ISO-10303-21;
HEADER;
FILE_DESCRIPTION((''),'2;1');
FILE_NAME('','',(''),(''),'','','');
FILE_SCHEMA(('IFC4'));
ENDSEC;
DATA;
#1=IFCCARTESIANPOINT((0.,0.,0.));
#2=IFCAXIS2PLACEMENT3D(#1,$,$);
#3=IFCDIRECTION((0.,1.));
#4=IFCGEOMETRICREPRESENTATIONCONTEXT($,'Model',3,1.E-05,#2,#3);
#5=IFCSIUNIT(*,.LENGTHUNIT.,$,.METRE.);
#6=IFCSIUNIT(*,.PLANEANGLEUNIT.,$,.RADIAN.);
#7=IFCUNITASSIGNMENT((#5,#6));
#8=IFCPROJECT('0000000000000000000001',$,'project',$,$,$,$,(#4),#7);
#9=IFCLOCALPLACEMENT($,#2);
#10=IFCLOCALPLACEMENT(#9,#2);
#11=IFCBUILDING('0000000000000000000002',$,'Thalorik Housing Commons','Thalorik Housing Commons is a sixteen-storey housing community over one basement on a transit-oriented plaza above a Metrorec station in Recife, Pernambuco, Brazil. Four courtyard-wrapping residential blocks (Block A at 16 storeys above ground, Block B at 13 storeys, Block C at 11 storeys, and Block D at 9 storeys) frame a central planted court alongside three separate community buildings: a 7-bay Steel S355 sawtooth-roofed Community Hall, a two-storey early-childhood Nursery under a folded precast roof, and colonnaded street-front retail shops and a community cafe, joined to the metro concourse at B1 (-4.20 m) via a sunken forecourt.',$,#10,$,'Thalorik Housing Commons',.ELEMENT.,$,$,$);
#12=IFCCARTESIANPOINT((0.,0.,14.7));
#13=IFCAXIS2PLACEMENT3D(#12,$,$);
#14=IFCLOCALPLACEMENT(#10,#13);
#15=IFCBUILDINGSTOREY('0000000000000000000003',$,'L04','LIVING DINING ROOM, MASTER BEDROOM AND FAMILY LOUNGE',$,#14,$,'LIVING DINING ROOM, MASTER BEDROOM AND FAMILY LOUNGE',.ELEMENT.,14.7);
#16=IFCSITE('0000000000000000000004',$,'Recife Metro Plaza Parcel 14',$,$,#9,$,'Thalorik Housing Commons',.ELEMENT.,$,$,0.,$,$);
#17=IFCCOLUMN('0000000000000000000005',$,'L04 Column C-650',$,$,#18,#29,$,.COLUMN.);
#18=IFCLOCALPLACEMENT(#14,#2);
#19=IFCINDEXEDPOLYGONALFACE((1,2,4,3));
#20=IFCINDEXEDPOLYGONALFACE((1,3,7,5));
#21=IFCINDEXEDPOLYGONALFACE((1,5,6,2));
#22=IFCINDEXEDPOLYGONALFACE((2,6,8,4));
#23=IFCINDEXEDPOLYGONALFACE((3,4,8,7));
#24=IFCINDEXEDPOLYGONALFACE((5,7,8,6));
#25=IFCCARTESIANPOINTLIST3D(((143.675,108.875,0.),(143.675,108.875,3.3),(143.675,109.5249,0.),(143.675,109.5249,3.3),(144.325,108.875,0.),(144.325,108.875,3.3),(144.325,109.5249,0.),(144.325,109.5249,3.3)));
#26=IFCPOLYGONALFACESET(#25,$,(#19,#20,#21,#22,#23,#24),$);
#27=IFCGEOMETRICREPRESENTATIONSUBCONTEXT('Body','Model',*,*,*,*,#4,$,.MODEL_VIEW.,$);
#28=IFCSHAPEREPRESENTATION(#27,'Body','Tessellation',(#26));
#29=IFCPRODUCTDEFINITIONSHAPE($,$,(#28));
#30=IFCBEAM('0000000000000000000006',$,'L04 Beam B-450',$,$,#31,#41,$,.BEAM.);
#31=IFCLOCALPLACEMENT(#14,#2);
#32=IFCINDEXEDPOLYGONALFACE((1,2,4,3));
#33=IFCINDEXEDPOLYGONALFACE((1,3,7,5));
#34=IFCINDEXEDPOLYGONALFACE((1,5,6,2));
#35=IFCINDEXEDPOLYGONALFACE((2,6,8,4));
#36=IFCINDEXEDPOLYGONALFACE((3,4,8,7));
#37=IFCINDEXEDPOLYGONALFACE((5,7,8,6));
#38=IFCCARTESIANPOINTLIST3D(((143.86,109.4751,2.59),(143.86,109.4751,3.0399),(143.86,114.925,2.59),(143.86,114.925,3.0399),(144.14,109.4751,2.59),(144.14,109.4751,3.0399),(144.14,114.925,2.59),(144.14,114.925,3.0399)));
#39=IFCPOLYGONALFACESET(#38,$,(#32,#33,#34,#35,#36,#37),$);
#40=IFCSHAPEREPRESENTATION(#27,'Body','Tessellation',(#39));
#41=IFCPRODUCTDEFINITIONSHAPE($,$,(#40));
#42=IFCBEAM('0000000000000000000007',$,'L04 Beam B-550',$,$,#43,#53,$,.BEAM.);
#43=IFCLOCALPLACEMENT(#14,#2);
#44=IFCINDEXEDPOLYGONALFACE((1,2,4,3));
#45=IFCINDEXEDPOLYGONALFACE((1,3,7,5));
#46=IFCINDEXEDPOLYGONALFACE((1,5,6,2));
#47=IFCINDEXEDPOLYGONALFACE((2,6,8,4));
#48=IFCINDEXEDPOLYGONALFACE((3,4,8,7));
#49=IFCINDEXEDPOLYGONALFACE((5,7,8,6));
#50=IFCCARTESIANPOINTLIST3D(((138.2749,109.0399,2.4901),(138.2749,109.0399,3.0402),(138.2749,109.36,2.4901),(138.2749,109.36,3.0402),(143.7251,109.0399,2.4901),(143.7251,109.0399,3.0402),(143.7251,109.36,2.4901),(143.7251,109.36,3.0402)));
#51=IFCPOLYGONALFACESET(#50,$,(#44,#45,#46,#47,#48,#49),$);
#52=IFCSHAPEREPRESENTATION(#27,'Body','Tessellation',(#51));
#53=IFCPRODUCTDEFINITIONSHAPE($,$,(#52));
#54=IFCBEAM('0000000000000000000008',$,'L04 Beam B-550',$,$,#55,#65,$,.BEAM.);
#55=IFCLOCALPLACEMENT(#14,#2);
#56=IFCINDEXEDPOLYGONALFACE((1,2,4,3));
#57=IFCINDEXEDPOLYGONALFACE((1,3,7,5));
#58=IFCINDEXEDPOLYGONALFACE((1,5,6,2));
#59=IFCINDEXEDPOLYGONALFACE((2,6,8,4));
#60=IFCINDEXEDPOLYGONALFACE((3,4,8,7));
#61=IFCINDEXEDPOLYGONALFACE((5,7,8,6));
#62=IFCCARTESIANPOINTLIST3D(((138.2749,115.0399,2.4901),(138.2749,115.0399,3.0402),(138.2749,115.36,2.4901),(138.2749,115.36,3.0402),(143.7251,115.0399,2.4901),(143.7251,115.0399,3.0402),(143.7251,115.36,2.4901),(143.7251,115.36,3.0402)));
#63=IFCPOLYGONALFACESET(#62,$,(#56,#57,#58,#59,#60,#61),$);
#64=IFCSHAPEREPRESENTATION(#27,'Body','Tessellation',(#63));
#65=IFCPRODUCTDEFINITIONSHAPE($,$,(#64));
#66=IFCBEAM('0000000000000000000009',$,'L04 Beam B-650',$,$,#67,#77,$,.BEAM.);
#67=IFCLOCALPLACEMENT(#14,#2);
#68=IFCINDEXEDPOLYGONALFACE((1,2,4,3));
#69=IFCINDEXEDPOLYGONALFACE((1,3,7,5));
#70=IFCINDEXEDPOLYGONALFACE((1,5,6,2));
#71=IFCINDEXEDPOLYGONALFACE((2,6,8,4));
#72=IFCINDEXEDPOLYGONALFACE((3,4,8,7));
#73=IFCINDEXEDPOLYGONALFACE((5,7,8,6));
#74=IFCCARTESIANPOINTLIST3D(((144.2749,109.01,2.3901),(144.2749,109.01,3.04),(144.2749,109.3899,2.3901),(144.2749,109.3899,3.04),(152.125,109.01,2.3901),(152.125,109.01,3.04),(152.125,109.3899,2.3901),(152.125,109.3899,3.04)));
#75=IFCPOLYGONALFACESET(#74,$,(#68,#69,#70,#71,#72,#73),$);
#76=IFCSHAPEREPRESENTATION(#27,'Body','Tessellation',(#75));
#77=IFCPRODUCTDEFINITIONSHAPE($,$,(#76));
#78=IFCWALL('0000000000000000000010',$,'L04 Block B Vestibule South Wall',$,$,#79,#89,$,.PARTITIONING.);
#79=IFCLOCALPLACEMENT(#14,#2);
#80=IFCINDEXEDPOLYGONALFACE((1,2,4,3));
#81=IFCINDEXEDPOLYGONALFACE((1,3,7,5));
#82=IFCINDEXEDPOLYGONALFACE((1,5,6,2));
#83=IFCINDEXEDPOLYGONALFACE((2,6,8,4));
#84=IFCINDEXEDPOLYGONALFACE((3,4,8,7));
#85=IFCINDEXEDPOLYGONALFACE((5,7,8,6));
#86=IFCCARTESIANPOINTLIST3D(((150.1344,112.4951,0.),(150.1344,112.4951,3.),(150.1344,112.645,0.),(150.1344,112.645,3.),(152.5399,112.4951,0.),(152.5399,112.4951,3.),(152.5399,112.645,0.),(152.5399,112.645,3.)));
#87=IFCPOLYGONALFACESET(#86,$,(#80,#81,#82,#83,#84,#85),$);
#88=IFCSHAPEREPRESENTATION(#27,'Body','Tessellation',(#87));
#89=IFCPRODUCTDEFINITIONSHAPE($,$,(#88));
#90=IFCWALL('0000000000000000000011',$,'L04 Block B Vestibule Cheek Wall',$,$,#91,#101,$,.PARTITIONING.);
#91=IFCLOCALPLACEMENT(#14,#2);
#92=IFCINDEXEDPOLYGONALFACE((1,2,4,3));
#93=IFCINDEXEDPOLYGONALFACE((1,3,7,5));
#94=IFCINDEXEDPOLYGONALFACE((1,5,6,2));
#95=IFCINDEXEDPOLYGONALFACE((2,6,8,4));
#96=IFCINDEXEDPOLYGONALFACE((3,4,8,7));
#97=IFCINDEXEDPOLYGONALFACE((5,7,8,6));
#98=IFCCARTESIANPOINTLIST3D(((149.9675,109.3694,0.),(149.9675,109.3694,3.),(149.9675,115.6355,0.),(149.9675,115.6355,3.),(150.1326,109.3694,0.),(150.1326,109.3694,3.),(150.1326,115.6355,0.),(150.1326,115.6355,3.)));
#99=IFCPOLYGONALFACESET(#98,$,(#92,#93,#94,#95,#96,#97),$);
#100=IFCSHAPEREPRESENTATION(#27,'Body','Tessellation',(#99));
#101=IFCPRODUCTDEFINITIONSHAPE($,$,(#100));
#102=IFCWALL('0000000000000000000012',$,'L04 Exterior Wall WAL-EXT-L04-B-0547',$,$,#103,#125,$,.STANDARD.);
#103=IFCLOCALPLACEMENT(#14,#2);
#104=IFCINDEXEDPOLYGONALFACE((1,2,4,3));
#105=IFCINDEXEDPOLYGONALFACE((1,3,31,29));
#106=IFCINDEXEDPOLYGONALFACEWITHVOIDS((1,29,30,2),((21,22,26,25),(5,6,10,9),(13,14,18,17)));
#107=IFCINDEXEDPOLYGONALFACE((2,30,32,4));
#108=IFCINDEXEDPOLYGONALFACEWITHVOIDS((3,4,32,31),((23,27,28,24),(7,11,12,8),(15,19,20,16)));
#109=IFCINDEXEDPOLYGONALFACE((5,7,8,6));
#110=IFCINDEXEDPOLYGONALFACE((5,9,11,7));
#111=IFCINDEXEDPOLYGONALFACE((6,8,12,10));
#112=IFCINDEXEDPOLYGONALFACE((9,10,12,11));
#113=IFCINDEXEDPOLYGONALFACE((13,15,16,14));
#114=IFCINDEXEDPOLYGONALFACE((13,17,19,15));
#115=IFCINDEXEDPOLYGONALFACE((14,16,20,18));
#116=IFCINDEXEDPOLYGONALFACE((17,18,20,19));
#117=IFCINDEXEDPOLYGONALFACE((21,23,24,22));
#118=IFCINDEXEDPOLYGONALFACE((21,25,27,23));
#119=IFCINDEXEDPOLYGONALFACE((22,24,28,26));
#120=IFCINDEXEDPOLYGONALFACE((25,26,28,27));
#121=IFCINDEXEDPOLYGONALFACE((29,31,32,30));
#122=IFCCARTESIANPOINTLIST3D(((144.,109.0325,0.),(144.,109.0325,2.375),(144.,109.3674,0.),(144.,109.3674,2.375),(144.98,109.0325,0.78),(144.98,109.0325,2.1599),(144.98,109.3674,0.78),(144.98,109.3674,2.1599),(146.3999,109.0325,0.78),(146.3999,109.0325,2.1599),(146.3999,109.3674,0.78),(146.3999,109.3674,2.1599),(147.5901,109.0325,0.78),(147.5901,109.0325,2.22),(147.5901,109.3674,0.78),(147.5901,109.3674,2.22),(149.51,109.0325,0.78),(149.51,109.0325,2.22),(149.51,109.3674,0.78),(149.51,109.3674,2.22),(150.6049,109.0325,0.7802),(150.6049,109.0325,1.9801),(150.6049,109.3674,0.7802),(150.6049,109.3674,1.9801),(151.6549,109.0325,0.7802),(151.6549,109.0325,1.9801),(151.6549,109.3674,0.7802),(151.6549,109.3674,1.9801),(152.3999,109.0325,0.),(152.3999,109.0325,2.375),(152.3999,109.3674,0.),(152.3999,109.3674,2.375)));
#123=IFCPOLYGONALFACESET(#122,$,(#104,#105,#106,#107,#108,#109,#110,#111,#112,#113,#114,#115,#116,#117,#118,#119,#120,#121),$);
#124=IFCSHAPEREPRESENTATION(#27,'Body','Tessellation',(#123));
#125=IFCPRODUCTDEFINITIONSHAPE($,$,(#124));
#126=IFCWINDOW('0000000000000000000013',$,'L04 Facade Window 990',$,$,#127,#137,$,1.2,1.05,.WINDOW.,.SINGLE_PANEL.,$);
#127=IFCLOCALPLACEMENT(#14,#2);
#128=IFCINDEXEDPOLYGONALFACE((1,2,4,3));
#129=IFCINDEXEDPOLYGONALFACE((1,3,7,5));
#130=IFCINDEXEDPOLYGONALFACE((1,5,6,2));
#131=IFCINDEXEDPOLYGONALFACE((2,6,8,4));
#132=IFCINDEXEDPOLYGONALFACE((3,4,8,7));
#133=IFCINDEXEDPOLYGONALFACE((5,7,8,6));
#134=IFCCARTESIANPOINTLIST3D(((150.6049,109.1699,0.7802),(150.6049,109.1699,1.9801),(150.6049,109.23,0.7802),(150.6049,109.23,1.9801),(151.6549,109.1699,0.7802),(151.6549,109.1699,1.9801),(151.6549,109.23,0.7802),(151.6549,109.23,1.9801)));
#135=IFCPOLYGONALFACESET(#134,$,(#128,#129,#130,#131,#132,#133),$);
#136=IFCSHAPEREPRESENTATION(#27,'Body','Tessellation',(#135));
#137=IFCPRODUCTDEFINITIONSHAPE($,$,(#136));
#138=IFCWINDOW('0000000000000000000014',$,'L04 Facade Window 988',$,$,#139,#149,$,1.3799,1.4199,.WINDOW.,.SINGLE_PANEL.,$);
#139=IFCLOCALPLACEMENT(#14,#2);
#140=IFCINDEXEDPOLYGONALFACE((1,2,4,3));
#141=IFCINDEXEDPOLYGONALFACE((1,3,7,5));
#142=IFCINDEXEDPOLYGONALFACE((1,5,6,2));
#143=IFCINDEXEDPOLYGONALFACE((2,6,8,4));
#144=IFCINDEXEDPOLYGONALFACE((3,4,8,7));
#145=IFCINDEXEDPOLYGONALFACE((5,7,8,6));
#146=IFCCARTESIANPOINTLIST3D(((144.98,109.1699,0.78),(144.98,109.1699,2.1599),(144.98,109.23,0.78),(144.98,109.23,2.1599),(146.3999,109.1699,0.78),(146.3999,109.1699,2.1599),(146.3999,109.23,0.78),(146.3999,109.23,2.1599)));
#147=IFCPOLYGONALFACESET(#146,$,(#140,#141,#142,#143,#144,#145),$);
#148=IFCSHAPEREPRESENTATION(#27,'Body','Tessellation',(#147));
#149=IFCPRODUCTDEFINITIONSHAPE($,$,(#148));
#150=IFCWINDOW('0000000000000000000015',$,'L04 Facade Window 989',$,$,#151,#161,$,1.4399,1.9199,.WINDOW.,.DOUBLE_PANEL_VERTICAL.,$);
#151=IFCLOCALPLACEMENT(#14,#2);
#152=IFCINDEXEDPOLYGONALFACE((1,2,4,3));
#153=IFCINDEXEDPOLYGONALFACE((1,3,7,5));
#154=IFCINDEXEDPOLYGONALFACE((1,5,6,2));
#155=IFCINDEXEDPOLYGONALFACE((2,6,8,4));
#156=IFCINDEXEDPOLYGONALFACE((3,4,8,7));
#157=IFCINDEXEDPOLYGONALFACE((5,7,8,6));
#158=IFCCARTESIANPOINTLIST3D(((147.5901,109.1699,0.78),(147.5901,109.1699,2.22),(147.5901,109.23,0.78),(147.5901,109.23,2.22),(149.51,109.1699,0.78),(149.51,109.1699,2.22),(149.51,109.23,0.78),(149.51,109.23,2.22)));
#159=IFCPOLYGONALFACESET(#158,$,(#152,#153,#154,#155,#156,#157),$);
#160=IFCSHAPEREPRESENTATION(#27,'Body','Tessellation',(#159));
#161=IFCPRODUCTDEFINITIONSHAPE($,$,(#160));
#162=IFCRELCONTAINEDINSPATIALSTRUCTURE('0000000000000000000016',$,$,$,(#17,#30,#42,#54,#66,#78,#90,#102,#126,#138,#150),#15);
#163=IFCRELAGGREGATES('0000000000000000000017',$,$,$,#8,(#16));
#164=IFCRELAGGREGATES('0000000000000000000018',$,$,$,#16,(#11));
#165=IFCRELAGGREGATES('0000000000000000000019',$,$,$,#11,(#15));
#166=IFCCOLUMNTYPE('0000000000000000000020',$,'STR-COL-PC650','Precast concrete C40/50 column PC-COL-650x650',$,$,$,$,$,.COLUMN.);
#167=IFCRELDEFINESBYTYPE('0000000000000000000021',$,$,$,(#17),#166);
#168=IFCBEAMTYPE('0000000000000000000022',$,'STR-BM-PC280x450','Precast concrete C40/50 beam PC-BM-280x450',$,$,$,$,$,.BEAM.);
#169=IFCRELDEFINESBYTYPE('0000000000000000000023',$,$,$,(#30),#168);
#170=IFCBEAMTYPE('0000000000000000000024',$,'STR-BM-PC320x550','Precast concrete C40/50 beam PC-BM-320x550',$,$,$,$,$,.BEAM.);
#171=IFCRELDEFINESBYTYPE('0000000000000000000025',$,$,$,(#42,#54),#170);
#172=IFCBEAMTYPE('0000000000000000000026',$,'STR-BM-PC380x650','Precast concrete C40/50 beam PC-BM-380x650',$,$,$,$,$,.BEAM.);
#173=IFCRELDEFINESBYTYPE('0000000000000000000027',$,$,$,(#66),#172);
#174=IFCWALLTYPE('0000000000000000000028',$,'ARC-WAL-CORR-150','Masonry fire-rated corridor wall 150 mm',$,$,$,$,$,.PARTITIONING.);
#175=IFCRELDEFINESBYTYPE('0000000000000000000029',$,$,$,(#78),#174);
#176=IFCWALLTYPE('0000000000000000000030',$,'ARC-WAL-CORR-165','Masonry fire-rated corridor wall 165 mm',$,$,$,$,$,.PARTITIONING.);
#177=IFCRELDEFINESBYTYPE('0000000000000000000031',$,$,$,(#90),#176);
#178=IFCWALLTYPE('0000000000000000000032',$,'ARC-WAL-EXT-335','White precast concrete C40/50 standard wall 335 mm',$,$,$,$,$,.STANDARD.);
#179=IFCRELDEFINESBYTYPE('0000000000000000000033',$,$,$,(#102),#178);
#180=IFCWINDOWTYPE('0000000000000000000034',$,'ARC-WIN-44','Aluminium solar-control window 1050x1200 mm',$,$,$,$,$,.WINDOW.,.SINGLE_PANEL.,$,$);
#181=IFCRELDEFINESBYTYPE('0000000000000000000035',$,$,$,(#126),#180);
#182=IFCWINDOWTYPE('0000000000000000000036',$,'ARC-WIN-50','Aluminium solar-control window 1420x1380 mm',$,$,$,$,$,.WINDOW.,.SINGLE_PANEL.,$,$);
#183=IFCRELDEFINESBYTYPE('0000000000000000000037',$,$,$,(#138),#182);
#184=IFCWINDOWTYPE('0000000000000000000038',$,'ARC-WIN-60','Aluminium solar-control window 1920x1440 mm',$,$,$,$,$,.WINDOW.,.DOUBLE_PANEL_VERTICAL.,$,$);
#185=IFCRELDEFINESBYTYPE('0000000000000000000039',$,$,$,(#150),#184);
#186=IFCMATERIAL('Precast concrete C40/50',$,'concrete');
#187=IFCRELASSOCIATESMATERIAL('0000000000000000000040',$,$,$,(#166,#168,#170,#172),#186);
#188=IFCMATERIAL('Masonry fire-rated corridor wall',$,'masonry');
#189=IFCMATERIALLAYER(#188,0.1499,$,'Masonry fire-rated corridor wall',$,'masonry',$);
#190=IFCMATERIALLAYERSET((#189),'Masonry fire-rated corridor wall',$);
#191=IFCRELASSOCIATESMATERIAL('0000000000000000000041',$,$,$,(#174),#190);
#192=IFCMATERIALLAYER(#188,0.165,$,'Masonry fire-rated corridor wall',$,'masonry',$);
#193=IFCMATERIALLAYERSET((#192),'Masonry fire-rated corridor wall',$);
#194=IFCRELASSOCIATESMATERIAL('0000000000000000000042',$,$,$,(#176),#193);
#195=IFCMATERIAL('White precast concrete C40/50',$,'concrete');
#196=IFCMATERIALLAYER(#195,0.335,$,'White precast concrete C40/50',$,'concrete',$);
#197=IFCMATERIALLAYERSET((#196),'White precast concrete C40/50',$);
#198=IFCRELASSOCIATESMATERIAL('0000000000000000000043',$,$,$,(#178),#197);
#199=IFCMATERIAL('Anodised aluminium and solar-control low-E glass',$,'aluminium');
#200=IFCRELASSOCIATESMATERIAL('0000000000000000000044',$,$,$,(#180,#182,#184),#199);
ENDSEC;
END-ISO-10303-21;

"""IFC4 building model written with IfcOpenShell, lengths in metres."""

from ifc_helpers import new_model, si_unit, direction, frame, frame_2d, origin, origin_2d, place, context, subcontext, project, spatial, rectangle, extrude, material, layer, layer_set, material_profile, profile_set, type_object, element, fill, save


model = new_model("IFC4")

# Units and contexts
model_context = context("Model", 3, precision=1e-05, world=origin(), true_north=direction((0.0, 1.0)))
body_context = subcontext(model_context, "Body", "Model", "MODEL_VIEW")
ifc_project = project(units=[si_unit("LENGTHUNIT", "METRE"), si_unit("PLANEANGLEUNIT", "RADIAN")], contexts=[model_context])

# Site, building, storey
site_placement = place(None, origin())
site = spatial("IfcSite", under=ifc_project, at=site_placement, Name="Recife Metro Plaza Parcel 14", LongName="Thalorik Housing Commons", CompositionType="ELEMENT", RefElevation=0.0)
building_placement = place(site_placement, origin())
building = spatial("IfcBuilding", under=site, at=building_placement, Name="Thalorik Housing Commons", Description="Thalorik Housing Commons is a sixteen-storey housing community over one basement on a transit-oriented plaza above a Metrorec station in Recife, Pernambuco, Brazil. Four courtyard-wrapping residential blocks (Block A at 16 storeys above ground, Block B at 13 storeys, Block C at 11 storeys, and Block D at 9 storeys) frame a central planted court alongside three separate community buildings: a 7-bay Steel S355 sawtooth-roofed Community Hall, a two-storey early-childhood Nursery under a folded precast roof, and colonnaded street-front retail shops and a community cafe, joined to the metro concourse at B1 (-4.20 m) via a sunken forecourt.", LongName="Thalorik Housing Commons", CompositionType="ELEMENT")
storey_placement = place(building_placement, frame((0.0, 0.0, 14.7)))
storey = spatial("IfcBuildingStorey", under=building, at=storey_placement, Name="L04", Description="LIVING DINING ROOM, MASTER BEDROOM AND FAMILY LOUNGE", LongName="LIVING DINING ROOM, MASTER BEDROOM AND FAMILY LOUNGE", CompositionType="ELEMENT", Elevation=14.7)

# Column
ifc_material_1 = material(Name="Precast concrete C40/50", Category="concrete")
ifc_material_profile_1 = material_profile(ifc_material_1, rectangle(XDim=0.6499, YDim=0.6499, at=origin_2d()), Name="PC 650x650", Category="concrete")
ifc_profile_set_1 = profile_set([ifc_material_profile_1], Name="Precast concrete C40/50")
column_type = type_object("IfcColumnType", Name="STR-COL-PC650", Description="Precast concrete C40/50 column PC-COL-650x650", PredefinedType="COLUMN", material=ifc_profile_set_1)
column_placement = place(storey_placement, frame((144.0, 109.2, 0.0), z_axis=(0.0, 0.0, 1.0), x_axis=(1.0, 0.0, 0.0)))
element("IfcColumn", 1, at=column_placement, inside=storey, type_object=column_type, Name="L04 Column C-650", PredefinedType="COLUMN", context=body_context, shape_type="SweptSolid", body=[
    extrude(rectangle(XDim=0.6499, YDim=0.6499, at=origin_2d()), origin(), (0.0, 0.0, 1.0), 3.3),
])

# Beams
ifc_material_profile_2 = material_profile(ifc_material_1, rectangle(XDim=0.28, YDim=0.45, at=origin_2d()), Name="PC 280x450", Category="concrete")
ifc_profile_set_2 = profile_set([ifc_material_profile_2], Name="Precast concrete C40/50")
beam_type_1 = type_object("IfcBeamType", Name="STR-BM-PC280x450", Description="Precast concrete C40/50 beam PC-BM-280x450", PredefinedType="BEAM", material=ifc_profile_set_2)
beam_1_placement = place(storey_placement, frame((144.0, 109.4751, 2.8149), z_axis=(0.0, 1.0, 0.0), x_axis=(-1.0, 0.0, 0.0)))
element("IfcBeam", 2, at=beam_1_placement, inside=storey, type_object=beam_type_1, Name="L04 Beam B-450", PredefinedType="BEAM", context=body_context, shape_type="SweptSolid", body=[
    extrude(rectangle(XDim=0.28, YDim=0.45, at=origin_2d()), origin(), (0.0, 0.0, 1.0), 5.45),
])
ifc_material_profile_3 = material_profile(ifc_material_1, rectangle(XDim=0.3201, YDim=0.55, at=origin_2d()), Name="PC 320x550", Category="concrete")
ifc_profile_set_3 = profile_set([ifc_material_profile_3], Name="Precast concrete C40/50")
beam_type_2 = type_object("IfcBeamType", Name="STR-BM-PC320x550", Description="Precast concrete C40/50 beam PC-BM-320x550", PredefinedType="BEAM", material=ifc_profile_set_3)
for number, where, z_axis, x_axis, name in (
    (3, (138.2749, 109.2, 2.7651), (1.0, 0.0, 0.0), (0.0, 1.0, 0.0), "L04 Beam B-550"),
    (4, (138.2749, 115.2, 2.7651), (1.0, 0.0, 0.0), (0.0, 1.0, 0.0), "L04 Beam B-550"),
):
    element("IfcBeam", number, at=place(storey_placement, frame(where, z_axis=z_axis, x_axis=x_axis)), inside=storey, type_object=beam_type_2, Name=name, PredefinedType="BEAM", context=body_context, shape_type="SweptSolid", body=[
        extrude(rectangle(XDim=0.3201, YDim=0.55, at=origin_2d()), origin(), (0.0, 0.0, 1.0), 5.4502),
    ])
ifc_material_profile_4 = material_profile(ifc_material_1, rectangle(XDim=0.3799, YDim=0.6499, at=origin_2d()), Name="PC 380x650", Category="concrete")
ifc_profile_set_4 = profile_set([ifc_material_profile_4], Name="Precast concrete C40/50")
beam_type_3 = type_object("IfcBeamType", Name="STR-BM-PC380x650", Description="Precast concrete C40/50 beam PC-BM-380x650", PredefinedType="BEAM", material=ifc_profile_set_4)
beam_2_placement = place(storey_placement, frame((144.2749, 109.2, 2.7151), z_axis=(1.0, 0.0, 0.0), x_axis=(0.0, 1.0, 0.0)))
element("IfcBeam", 5, at=beam_2_placement, inside=storey, type_object=beam_type_3, Name="L04 Beam B-650", PredefinedType="BEAM", context=body_context, shape_type="SweptSolid", body=[
    extrude(rectangle(XDim=0.3799, YDim=0.6499, at=origin_2d()), origin(), (0.0, 0.0, 1.0), 7.8501),
])

# Walls
ifc_material_2 = material(Name="Masonry fire-rated corridor wall", Category="masonry")
ifc_layer_1 = layer(ifc_material_2, 0.1499, Name="Masonry fire-rated corridor wall", Category="masonry")
ifc_layer_set_1 = layer_set([ifc_layer_1], Name="Masonry fire-rated corridor wall")
wall_type_1 = type_object("IfcWallType", Name="ARC-WAL-CORR-150", Description="Masonry fire-rated corridor wall 150 mm", PredefinedType="PARTITIONING", material=ifc_layer_set_1)
wall_1_placement = place(storey_placement, frame((150.1345, 112.5701, 0.0), z_axis=(0.0, 0.0, 1.0), x_axis=(1.0, 0.0, 0.0)))
element("IfcWall", 6, at=wall_1_placement, inside=storey, type_object=wall_type_1, Name="L04 Block B Vestibule South Wall", PredefinedType="PARTITIONING", context=body_context, shape_type="SweptSolid", body=[
    extrude(rectangle(XDim=2.4055, YDim=0.1499, at=frame_2d((1.2026, 0.0))), origin(), (0.0, 0.0, 1.0), 3.0),
])
ifc_layer_2 = layer(ifc_material_2, 0.165, Name="Masonry fire-rated corridor wall", Category="masonry")
ifc_layer_set_2 = layer_set([ifc_layer_2], Name="Masonry fire-rated corridor wall")
wall_type_2 = type_object("IfcWallType", Name="ARC-WAL-CORR-165", Description="Masonry fire-rated corridor wall 165 mm", PredefinedType="PARTITIONING", material=ifc_layer_set_2)
wall_2_placement = place(storey_placement, frame((150.05, 109.3694, 0.0), z_axis=(0.0, 0.0, 1.0), x_axis=(0.0, 1.0, 0.0)))
element("IfcWall", 7, at=wall_2_placement, inside=storey, type_object=wall_type_2, Name="L04 Block B Vestibule Cheek Wall", PredefinedType="PARTITIONING", context=body_context, shape_type="SweptSolid", body=[
    extrude(rectangle(XDim=6.2661, YDim=0.165, at=frame_2d((3.1331, 0.0))), origin(), (0.0, 0.0, 1.0), 3.0),
])

# Wall, openings, windows
ifc_material_3 = material(Name="White precast concrete C40/50", Category="concrete")
ifc_layer_3 = layer(ifc_material_3, 0.335, Name="White precast concrete C40/50", Category="concrete")
ifc_layer_set_3 = layer_set([ifc_layer_3], Name="White precast concrete C40/50")
wall_type_3 = type_object("IfcWallType", Name="ARC-WAL-EXT-335", Description="White precast concrete C40/50 standard wall 335 mm", PredefinedType="STANDARD", material=ifc_layer_set_3)
wall_3_placement = place(storey_placement, frame((144.0, 109.2, 0.0), z_axis=(0.0, 0.0, 1.0), x_axis=(1.0, 0.0, 0.0)))
wall_3 = element("IfcWall", 8, at=wall_3_placement, inside=storey, type_object=wall_type_3, Name="L04 Exterior Wall WAL-EXT-L04-B-0547", PredefinedType="STANDARD", context=body_context, shape_type="SweptSolid", body=[
    extrude(rectangle(XDim=8.3999, YDim=0.335, at=frame_2d((4.2, 0.0))), origin(), (0.0, 0.0, 1.0), 2.375),
])
opening_1_placement = place(wall_3_placement, frame((0.98, 0.0, 0.78)))
opening_1 = element("IfcOpeningElement", 9, at=opening_1_placement, cuts=wall_3, PredefinedType="OPENING", context=body_context, shape_type="SweptSolid", body=[
    extrude(rectangle(XDim=1.4199, YDim=1.3799, at=frame_2d((0.71, 0.6899))), frame((0.0, 0.1775, 0.0), z_axis=(0.0, -1.0, 0.0), x_axis=(1.0, 0.0, 0.0)), (0.0, 0.0, 1.0), 0.355),
])
opening_2_placement = place(wall_3_placement, frame((3.5901, 0.0, 0.78)))
opening_2 = element("IfcOpeningElement", 10, at=opening_2_placement, cuts=wall_3, PredefinedType="OPENING", context=body_context, shape_type="SweptSolid", body=[
    extrude(rectangle(XDim=1.9199, YDim=1.4399, at=frame_2d((0.96, 0.72))), frame((0.0, 0.1775, 0.0), z_axis=(0.0, -1.0, 0.0), x_axis=(1.0, 0.0, 0.0)), (0.0, 0.0, 1.0), 0.355),
])
opening_3_placement = place(wall_3_placement, frame((6.605, 0.0, 0.78)))
opening_3 = element("IfcOpeningElement", 11, at=opening_3_placement, cuts=wall_3, PredefinedType="OPENING", context=body_context, shape_type="SweptSolid", body=[
    extrude(rectangle(XDim=1.05, YDim=1.2, at=frame_2d((0.5249, 0.6001))), frame((0.0, 0.1775, 0.0), z_axis=(0.0, -1.0, 0.0), x_axis=(1.0, 0.0, 0.0)), (0.0, 0.0, 1.0), 0.355),
])
ifc_material_4 = material(Name="Anodised aluminium and solar-control low-E glass", Category="aluminium")
window_type_1 = type_object("IfcWindowType", Name="ARC-WIN-44", Description="Aluminium solar-control window 1050x1200 mm", PartitioningType="SINGLE_PANEL", PredefinedType="WINDOW", material=ifc_material_4)
window_1_placement = place(opening_3_placement, origin())
window_1 = element("IfcWindow", 12, at=window_1_placement, inside=storey, type_object=window_type_1, Name="L04 Facade Window 990", OverallHeight=1.2, OverallWidth=1.05, PartitioningType="SINGLE_PANEL", PredefinedType="WINDOW", context=body_context, shape_type="SweptSolid", body=[
    extrude(rectangle(XDim=1.05, YDim=1.2, at=frame_2d((0.5249, 0.6001))), frame((0.0, 0.03, 0.0), z_axis=(0.0, -1.0, 0.0), x_axis=(1.0, 0.0, 0.0)), (0.0, 0.0, 1.0), 0.0601),
])
fill(opening_3, window_1)
window_type_2 = type_object("IfcWindowType", Name="ARC-WIN-50", Description="Aluminium solar-control window 1420x1380 mm", PartitioningType="SINGLE_PANEL", PredefinedType="WINDOW", material=ifc_material_4)
window_2_placement = place(opening_1_placement, origin())
window_2 = element("IfcWindow", 13, at=window_2_placement, inside=storey, type_object=window_type_2, Name="L04 Facade Window 988", OverallHeight=1.3799, OverallWidth=1.4199, PartitioningType="SINGLE_PANEL", PredefinedType="WINDOW", context=body_context, shape_type="SweptSolid", body=[
    extrude(rectangle(XDim=1.4199, YDim=1.3799, at=frame_2d((0.71, 0.6899))), frame((0.0, 0.03, 0.0), z_axis=(0.0, -1.0, 0.0), x_axis=(1.0, 0.0, 0.0)), (0.0, 0.0, 1.0), 0.0601),
])
fill(opening_1, window_2)
window_type_3 = type_object("IfcWindowType", Name="ARC-WIN-60", Description="Aluminium solar-control window 1920x1440 mm", PartitioningType="DOUBLE_PANEL_VERTICAL", PredefinedType="WINDOW", material=ifc_material_4)
window_3_placement = place(opening_2_placement, origin())
window_3 = element("IfcWindow", 14, at=window_3_placement, inside=storey, type_object=window_type_3, Name="L04 Facade Window 989", OverallHeight=1.4399, OverallWidth=1.9199, PartitioningType="DOUBLE_PANEL_VERTICAL", PredefinedType="WINDOW", context=body_context, shape_type="SweptSolid", body=[
    extrude(rectangle(XDim=1.9199, YDim=1.4399, at=frame_2d((0.96, 0.72))), frame((0.0, 0.03, 0.0), z_axis=(0.0, -1.0, 0.0), x_axis=(1.0, 0.0, 0.0)), (0.0, 0.0, 1.0), 0.0601),
])
fill(opening_2, window_3)

save(model, "model.ifc")
